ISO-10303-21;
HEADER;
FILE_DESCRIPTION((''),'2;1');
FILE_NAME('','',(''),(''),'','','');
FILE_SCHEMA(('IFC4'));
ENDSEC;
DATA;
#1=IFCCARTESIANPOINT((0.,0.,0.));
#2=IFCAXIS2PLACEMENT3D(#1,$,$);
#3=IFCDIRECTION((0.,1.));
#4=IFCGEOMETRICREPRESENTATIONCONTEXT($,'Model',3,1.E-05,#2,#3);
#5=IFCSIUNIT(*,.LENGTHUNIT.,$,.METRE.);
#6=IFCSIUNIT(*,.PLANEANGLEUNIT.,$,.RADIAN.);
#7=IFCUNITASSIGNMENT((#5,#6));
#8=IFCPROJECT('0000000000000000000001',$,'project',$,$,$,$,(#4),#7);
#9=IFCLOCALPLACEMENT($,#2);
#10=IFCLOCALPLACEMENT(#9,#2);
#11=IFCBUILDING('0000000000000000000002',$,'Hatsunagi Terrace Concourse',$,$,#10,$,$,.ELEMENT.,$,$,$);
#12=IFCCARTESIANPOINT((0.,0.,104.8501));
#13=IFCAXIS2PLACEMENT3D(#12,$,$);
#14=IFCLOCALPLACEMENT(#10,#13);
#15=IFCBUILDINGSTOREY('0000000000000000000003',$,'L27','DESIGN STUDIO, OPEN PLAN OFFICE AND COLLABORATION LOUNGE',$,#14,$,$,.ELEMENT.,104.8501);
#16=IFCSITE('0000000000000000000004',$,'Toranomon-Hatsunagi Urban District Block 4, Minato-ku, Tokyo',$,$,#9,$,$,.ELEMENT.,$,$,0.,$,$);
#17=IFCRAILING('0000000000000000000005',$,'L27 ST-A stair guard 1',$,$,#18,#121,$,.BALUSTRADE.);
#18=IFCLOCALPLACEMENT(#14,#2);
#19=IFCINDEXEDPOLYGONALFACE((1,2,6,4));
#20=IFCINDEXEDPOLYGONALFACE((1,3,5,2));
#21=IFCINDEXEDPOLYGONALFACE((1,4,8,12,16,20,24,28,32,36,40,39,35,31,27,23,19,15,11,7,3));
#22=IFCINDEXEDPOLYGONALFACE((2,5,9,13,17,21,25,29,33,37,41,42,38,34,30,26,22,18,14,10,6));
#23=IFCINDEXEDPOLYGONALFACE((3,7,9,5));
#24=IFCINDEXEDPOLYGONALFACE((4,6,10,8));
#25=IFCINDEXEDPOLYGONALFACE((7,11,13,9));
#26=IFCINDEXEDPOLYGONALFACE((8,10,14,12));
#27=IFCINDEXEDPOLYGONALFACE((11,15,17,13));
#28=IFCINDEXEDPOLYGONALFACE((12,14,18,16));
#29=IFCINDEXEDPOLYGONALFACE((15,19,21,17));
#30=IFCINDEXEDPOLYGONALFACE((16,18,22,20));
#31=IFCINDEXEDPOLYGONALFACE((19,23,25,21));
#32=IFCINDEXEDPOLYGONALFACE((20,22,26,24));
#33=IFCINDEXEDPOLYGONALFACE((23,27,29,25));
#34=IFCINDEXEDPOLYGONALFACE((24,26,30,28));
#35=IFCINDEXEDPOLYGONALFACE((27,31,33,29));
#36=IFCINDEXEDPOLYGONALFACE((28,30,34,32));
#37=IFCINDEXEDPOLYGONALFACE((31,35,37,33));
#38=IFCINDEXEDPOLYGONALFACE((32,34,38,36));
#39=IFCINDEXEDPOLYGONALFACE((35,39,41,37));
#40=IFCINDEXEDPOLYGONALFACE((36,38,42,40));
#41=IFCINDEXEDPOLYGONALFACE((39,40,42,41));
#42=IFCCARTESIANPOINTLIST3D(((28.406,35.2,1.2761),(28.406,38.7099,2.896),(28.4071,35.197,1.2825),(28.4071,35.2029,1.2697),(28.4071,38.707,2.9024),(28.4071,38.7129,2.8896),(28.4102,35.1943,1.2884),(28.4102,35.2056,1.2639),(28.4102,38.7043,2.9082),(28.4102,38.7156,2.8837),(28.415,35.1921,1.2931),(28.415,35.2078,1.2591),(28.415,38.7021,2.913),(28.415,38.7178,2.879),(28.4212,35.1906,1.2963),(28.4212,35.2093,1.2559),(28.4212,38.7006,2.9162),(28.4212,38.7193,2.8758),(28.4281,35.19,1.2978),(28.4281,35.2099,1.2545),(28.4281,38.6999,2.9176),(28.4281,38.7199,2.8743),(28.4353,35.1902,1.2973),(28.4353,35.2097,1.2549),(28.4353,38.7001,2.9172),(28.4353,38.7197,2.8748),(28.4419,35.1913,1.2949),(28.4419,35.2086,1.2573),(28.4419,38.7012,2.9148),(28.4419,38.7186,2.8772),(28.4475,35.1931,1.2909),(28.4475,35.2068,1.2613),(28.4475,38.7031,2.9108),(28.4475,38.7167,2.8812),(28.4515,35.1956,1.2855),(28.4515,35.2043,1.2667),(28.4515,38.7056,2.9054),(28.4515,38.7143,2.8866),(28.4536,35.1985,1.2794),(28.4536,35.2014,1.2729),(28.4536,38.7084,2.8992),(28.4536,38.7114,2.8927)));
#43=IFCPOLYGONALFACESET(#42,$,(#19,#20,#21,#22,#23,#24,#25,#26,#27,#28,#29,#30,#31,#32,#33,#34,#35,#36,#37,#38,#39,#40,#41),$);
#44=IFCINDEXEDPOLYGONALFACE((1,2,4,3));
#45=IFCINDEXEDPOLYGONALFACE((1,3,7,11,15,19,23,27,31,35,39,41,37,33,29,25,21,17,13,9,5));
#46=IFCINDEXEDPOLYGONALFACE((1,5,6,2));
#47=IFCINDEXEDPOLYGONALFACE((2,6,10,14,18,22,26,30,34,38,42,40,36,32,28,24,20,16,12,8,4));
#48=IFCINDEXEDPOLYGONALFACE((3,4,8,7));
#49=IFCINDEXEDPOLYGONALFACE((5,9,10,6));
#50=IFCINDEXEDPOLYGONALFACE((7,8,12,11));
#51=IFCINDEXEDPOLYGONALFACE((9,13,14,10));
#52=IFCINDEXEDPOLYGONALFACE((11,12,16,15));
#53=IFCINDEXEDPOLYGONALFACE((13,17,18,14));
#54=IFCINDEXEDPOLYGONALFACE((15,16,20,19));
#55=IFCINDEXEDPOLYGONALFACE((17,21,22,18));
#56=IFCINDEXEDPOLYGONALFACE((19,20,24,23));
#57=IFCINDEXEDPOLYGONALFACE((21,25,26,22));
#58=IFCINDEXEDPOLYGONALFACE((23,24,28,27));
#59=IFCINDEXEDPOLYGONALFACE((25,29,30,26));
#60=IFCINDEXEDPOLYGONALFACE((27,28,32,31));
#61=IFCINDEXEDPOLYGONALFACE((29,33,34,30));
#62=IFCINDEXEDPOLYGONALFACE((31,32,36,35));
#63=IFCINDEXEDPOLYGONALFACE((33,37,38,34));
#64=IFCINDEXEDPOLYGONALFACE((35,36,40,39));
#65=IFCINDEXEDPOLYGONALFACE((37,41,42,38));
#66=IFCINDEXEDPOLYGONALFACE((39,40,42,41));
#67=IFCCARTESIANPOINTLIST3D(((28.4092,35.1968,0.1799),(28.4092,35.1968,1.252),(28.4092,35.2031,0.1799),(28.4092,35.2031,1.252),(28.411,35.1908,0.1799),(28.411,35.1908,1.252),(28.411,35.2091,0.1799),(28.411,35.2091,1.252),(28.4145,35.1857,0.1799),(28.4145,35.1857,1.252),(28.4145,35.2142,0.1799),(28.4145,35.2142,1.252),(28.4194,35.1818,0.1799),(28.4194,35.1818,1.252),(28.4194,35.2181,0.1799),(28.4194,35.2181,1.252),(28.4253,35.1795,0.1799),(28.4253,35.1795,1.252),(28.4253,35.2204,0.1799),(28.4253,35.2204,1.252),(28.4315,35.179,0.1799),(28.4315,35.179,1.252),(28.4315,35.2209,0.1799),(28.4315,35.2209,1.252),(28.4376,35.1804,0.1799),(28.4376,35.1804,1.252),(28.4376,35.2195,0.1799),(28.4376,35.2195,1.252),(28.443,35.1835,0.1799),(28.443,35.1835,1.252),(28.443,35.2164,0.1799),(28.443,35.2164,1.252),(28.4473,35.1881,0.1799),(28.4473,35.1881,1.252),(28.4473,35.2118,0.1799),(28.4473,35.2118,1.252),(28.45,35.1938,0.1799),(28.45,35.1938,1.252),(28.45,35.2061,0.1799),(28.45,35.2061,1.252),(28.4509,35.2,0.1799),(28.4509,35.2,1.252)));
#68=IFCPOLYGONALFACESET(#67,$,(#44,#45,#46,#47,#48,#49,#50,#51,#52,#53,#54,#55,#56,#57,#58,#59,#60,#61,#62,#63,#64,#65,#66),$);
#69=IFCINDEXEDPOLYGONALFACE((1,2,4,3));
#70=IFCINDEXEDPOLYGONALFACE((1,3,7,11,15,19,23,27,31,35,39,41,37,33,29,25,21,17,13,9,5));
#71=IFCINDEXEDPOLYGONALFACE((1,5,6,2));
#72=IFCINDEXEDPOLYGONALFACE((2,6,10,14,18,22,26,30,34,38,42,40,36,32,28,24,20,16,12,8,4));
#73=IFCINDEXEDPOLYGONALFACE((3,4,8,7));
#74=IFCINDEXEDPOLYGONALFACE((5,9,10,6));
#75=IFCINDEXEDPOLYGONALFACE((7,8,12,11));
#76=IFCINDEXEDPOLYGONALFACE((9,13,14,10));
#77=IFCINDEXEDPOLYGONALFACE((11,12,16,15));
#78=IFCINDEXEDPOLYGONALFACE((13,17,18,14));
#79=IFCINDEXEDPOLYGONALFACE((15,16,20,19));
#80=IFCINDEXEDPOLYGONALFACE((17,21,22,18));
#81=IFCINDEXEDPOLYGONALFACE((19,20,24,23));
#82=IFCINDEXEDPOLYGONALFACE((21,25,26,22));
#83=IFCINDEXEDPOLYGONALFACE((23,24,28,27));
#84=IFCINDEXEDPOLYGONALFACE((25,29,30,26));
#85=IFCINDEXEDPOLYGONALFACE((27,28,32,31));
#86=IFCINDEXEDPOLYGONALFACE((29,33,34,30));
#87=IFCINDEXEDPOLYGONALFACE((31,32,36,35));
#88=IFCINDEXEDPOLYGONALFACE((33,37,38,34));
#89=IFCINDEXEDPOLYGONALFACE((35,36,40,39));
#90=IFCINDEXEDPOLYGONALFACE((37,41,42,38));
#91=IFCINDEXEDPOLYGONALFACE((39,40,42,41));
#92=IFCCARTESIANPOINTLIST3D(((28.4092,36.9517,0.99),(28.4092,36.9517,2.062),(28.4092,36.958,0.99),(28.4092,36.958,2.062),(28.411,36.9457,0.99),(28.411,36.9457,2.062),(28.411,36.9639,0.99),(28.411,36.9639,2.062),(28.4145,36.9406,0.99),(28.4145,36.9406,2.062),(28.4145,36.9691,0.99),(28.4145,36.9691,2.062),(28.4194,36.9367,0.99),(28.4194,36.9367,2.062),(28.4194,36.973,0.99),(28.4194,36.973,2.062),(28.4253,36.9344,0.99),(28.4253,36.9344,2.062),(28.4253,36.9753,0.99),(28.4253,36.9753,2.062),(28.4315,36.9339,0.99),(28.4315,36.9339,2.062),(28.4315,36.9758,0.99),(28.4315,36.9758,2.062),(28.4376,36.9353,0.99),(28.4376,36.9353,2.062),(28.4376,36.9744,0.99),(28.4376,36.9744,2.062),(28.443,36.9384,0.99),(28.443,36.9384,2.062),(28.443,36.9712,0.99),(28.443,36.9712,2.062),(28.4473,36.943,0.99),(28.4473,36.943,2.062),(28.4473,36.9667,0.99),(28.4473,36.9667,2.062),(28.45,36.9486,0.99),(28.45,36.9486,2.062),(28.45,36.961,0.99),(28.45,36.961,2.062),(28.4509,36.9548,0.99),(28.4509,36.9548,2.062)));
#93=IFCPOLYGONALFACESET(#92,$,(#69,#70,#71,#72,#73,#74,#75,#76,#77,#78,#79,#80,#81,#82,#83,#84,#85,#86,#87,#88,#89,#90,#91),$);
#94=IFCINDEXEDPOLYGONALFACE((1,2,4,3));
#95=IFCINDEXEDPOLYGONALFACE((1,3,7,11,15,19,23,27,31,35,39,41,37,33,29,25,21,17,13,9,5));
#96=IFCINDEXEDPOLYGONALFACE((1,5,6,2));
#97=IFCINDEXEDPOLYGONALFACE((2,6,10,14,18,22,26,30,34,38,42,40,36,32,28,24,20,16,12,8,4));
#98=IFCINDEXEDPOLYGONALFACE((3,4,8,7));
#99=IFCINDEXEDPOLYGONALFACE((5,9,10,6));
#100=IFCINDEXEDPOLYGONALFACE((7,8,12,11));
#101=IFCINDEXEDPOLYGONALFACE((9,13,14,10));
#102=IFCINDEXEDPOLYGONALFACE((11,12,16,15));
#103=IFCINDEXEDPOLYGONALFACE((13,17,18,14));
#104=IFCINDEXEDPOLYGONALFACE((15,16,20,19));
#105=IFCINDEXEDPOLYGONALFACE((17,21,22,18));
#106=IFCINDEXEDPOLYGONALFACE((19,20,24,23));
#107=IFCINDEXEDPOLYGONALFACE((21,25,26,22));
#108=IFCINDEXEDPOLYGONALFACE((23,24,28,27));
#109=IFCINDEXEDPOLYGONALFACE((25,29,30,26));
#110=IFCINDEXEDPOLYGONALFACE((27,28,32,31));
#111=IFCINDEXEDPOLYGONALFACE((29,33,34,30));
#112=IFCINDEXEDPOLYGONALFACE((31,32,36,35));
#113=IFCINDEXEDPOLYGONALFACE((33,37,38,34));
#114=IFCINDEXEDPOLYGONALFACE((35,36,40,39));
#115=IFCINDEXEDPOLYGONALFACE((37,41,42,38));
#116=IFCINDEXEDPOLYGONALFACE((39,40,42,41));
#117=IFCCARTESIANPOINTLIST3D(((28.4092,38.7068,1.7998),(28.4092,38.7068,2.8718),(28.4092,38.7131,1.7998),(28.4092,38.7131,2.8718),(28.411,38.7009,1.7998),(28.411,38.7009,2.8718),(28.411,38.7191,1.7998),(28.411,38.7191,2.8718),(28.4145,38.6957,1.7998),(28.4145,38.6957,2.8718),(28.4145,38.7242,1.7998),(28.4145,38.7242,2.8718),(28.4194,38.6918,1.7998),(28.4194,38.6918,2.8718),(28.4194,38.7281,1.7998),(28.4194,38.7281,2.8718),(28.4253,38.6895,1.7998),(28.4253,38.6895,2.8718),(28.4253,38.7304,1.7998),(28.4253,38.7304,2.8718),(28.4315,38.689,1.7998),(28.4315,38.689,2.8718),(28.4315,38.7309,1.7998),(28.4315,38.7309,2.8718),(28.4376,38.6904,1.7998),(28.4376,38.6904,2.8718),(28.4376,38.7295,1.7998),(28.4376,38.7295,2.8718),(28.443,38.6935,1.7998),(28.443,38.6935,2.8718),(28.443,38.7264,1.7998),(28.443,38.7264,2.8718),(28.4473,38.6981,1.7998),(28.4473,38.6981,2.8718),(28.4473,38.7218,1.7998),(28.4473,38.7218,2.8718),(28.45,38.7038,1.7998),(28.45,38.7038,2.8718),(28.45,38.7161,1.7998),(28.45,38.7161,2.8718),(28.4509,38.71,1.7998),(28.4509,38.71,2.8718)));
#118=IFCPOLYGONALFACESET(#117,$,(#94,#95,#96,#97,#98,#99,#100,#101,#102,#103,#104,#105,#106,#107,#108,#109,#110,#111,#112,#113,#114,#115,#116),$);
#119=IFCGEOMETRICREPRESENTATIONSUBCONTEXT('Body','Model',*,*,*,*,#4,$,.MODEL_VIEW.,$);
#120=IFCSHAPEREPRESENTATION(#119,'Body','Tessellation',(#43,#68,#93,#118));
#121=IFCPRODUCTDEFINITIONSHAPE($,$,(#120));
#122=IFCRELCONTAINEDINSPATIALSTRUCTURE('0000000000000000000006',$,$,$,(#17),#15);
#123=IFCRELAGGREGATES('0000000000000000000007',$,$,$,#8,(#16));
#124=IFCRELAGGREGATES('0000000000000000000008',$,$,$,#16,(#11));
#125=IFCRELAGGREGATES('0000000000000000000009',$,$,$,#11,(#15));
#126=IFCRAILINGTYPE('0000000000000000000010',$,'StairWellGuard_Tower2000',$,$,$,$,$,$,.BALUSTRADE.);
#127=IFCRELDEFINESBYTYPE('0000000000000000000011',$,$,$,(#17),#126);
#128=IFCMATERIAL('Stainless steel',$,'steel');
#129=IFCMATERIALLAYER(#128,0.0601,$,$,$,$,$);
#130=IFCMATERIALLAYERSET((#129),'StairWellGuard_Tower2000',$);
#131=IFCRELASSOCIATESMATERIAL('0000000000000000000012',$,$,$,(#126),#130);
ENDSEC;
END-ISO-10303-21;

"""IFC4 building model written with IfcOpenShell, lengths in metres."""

from ifc_helpers import new_model, si_unit, direction, frame, origin, origin_2d, place, context, subcontext, project, spatial, circle, extrude, material, layer, layer_set, type_object, element, save


model = new_model("IFC4")

# Units and contexts
model_context = context("Model", 3, precision=1e-05, world=origin(), true_north=direction((0.0, 1.0)))
body_context = subcontext(model_context, "Body", "Model", "MODEL_VIEW")
ifc_project = project(units=[si_unit("LENGTHUNIT", "METRE"), si_unit("PLANEANGLEUNIT", "RADIAN")], contexts=[model_context])

# Site, building, storey
site_placement = place(None, origin())
site = spatial("IfcSite", under=ifc_project, at=site_placement, Name="Toranomon-Hatsunagi Urban District Block 4, Minato-ku, Tokyo", CompositionType="ELEMENT", RefElevation=0.0)
building_placement = place(site_placement, origin())
building = spatial("IfcBuilding", under=site, at=building_placement, Name="Hatsunagi Terrace Concourse", CompositionType="ELEMENT")
storey_placement = place(building_placement, frame((0.0, 0.0, 104.8501)))
storey = spatial("IfcBuildingStorey", under=building, at=storey_placement, Name="L27", Description="DESIGN STUDIO, OPEN PLAN OFFICE AND COLLABORATION LOUNGE", CompositionType="ELEMENT", Elevation=104.8501)

# Railing
ifc_material_1 = material(Name="Stainless steel", Category="steel")
ifc_layer_1 = layer(ifc_material_1, 0.0601)
ifc_layer_set_1 = layer_set([ifc_layer_1], Name="StairWellGuard_Tower2000")
railing_type_1 = type_object("IfcRailingType", Name="StairWellGuard_Tower2000", PredefinedType="BALUSTRADE", material=ifc_layer_set_1)
railing_1_placement = place(storey_placement, frame((28.4299, 35.2, 0.1799)))
element("IfcRailing", 1, at=railing_1_placement, inside=storey, type_object=railing_type_1, Name="L27 ST-A stair guard 1", PredefinedType="BALUSTRADE", context=body_context, shape_type="SweptSolid", body=[
    extrude(circle(Radius=0.0239, at=origin_2d()), frame((0.0, 0.0, 1.0962), z_axis=(0.0, 0.907972, 0.41903), x_axis=(-1.0, 0.0, 0.0)), (0.0, 0.0, 1.0), 3.8657),
    extrude(circle(Radius=0.021, at=origin_2d()), origin(), (0.0, 0.0, 1.0), 1.072),
    extrude(circle(Radius=0.021, at=origin_2d()), frame((0.0, 1.7549, 0.8101)), (0.0, 0.0, 1.0), 1.072),
    extrude(circle(Radius=0.021, at=origin_2d()), frame((0.0, 3.51, 1.6199)), (0.0, 0.0, 1.0), 1.072),
])

save(model, "model.ifc")
